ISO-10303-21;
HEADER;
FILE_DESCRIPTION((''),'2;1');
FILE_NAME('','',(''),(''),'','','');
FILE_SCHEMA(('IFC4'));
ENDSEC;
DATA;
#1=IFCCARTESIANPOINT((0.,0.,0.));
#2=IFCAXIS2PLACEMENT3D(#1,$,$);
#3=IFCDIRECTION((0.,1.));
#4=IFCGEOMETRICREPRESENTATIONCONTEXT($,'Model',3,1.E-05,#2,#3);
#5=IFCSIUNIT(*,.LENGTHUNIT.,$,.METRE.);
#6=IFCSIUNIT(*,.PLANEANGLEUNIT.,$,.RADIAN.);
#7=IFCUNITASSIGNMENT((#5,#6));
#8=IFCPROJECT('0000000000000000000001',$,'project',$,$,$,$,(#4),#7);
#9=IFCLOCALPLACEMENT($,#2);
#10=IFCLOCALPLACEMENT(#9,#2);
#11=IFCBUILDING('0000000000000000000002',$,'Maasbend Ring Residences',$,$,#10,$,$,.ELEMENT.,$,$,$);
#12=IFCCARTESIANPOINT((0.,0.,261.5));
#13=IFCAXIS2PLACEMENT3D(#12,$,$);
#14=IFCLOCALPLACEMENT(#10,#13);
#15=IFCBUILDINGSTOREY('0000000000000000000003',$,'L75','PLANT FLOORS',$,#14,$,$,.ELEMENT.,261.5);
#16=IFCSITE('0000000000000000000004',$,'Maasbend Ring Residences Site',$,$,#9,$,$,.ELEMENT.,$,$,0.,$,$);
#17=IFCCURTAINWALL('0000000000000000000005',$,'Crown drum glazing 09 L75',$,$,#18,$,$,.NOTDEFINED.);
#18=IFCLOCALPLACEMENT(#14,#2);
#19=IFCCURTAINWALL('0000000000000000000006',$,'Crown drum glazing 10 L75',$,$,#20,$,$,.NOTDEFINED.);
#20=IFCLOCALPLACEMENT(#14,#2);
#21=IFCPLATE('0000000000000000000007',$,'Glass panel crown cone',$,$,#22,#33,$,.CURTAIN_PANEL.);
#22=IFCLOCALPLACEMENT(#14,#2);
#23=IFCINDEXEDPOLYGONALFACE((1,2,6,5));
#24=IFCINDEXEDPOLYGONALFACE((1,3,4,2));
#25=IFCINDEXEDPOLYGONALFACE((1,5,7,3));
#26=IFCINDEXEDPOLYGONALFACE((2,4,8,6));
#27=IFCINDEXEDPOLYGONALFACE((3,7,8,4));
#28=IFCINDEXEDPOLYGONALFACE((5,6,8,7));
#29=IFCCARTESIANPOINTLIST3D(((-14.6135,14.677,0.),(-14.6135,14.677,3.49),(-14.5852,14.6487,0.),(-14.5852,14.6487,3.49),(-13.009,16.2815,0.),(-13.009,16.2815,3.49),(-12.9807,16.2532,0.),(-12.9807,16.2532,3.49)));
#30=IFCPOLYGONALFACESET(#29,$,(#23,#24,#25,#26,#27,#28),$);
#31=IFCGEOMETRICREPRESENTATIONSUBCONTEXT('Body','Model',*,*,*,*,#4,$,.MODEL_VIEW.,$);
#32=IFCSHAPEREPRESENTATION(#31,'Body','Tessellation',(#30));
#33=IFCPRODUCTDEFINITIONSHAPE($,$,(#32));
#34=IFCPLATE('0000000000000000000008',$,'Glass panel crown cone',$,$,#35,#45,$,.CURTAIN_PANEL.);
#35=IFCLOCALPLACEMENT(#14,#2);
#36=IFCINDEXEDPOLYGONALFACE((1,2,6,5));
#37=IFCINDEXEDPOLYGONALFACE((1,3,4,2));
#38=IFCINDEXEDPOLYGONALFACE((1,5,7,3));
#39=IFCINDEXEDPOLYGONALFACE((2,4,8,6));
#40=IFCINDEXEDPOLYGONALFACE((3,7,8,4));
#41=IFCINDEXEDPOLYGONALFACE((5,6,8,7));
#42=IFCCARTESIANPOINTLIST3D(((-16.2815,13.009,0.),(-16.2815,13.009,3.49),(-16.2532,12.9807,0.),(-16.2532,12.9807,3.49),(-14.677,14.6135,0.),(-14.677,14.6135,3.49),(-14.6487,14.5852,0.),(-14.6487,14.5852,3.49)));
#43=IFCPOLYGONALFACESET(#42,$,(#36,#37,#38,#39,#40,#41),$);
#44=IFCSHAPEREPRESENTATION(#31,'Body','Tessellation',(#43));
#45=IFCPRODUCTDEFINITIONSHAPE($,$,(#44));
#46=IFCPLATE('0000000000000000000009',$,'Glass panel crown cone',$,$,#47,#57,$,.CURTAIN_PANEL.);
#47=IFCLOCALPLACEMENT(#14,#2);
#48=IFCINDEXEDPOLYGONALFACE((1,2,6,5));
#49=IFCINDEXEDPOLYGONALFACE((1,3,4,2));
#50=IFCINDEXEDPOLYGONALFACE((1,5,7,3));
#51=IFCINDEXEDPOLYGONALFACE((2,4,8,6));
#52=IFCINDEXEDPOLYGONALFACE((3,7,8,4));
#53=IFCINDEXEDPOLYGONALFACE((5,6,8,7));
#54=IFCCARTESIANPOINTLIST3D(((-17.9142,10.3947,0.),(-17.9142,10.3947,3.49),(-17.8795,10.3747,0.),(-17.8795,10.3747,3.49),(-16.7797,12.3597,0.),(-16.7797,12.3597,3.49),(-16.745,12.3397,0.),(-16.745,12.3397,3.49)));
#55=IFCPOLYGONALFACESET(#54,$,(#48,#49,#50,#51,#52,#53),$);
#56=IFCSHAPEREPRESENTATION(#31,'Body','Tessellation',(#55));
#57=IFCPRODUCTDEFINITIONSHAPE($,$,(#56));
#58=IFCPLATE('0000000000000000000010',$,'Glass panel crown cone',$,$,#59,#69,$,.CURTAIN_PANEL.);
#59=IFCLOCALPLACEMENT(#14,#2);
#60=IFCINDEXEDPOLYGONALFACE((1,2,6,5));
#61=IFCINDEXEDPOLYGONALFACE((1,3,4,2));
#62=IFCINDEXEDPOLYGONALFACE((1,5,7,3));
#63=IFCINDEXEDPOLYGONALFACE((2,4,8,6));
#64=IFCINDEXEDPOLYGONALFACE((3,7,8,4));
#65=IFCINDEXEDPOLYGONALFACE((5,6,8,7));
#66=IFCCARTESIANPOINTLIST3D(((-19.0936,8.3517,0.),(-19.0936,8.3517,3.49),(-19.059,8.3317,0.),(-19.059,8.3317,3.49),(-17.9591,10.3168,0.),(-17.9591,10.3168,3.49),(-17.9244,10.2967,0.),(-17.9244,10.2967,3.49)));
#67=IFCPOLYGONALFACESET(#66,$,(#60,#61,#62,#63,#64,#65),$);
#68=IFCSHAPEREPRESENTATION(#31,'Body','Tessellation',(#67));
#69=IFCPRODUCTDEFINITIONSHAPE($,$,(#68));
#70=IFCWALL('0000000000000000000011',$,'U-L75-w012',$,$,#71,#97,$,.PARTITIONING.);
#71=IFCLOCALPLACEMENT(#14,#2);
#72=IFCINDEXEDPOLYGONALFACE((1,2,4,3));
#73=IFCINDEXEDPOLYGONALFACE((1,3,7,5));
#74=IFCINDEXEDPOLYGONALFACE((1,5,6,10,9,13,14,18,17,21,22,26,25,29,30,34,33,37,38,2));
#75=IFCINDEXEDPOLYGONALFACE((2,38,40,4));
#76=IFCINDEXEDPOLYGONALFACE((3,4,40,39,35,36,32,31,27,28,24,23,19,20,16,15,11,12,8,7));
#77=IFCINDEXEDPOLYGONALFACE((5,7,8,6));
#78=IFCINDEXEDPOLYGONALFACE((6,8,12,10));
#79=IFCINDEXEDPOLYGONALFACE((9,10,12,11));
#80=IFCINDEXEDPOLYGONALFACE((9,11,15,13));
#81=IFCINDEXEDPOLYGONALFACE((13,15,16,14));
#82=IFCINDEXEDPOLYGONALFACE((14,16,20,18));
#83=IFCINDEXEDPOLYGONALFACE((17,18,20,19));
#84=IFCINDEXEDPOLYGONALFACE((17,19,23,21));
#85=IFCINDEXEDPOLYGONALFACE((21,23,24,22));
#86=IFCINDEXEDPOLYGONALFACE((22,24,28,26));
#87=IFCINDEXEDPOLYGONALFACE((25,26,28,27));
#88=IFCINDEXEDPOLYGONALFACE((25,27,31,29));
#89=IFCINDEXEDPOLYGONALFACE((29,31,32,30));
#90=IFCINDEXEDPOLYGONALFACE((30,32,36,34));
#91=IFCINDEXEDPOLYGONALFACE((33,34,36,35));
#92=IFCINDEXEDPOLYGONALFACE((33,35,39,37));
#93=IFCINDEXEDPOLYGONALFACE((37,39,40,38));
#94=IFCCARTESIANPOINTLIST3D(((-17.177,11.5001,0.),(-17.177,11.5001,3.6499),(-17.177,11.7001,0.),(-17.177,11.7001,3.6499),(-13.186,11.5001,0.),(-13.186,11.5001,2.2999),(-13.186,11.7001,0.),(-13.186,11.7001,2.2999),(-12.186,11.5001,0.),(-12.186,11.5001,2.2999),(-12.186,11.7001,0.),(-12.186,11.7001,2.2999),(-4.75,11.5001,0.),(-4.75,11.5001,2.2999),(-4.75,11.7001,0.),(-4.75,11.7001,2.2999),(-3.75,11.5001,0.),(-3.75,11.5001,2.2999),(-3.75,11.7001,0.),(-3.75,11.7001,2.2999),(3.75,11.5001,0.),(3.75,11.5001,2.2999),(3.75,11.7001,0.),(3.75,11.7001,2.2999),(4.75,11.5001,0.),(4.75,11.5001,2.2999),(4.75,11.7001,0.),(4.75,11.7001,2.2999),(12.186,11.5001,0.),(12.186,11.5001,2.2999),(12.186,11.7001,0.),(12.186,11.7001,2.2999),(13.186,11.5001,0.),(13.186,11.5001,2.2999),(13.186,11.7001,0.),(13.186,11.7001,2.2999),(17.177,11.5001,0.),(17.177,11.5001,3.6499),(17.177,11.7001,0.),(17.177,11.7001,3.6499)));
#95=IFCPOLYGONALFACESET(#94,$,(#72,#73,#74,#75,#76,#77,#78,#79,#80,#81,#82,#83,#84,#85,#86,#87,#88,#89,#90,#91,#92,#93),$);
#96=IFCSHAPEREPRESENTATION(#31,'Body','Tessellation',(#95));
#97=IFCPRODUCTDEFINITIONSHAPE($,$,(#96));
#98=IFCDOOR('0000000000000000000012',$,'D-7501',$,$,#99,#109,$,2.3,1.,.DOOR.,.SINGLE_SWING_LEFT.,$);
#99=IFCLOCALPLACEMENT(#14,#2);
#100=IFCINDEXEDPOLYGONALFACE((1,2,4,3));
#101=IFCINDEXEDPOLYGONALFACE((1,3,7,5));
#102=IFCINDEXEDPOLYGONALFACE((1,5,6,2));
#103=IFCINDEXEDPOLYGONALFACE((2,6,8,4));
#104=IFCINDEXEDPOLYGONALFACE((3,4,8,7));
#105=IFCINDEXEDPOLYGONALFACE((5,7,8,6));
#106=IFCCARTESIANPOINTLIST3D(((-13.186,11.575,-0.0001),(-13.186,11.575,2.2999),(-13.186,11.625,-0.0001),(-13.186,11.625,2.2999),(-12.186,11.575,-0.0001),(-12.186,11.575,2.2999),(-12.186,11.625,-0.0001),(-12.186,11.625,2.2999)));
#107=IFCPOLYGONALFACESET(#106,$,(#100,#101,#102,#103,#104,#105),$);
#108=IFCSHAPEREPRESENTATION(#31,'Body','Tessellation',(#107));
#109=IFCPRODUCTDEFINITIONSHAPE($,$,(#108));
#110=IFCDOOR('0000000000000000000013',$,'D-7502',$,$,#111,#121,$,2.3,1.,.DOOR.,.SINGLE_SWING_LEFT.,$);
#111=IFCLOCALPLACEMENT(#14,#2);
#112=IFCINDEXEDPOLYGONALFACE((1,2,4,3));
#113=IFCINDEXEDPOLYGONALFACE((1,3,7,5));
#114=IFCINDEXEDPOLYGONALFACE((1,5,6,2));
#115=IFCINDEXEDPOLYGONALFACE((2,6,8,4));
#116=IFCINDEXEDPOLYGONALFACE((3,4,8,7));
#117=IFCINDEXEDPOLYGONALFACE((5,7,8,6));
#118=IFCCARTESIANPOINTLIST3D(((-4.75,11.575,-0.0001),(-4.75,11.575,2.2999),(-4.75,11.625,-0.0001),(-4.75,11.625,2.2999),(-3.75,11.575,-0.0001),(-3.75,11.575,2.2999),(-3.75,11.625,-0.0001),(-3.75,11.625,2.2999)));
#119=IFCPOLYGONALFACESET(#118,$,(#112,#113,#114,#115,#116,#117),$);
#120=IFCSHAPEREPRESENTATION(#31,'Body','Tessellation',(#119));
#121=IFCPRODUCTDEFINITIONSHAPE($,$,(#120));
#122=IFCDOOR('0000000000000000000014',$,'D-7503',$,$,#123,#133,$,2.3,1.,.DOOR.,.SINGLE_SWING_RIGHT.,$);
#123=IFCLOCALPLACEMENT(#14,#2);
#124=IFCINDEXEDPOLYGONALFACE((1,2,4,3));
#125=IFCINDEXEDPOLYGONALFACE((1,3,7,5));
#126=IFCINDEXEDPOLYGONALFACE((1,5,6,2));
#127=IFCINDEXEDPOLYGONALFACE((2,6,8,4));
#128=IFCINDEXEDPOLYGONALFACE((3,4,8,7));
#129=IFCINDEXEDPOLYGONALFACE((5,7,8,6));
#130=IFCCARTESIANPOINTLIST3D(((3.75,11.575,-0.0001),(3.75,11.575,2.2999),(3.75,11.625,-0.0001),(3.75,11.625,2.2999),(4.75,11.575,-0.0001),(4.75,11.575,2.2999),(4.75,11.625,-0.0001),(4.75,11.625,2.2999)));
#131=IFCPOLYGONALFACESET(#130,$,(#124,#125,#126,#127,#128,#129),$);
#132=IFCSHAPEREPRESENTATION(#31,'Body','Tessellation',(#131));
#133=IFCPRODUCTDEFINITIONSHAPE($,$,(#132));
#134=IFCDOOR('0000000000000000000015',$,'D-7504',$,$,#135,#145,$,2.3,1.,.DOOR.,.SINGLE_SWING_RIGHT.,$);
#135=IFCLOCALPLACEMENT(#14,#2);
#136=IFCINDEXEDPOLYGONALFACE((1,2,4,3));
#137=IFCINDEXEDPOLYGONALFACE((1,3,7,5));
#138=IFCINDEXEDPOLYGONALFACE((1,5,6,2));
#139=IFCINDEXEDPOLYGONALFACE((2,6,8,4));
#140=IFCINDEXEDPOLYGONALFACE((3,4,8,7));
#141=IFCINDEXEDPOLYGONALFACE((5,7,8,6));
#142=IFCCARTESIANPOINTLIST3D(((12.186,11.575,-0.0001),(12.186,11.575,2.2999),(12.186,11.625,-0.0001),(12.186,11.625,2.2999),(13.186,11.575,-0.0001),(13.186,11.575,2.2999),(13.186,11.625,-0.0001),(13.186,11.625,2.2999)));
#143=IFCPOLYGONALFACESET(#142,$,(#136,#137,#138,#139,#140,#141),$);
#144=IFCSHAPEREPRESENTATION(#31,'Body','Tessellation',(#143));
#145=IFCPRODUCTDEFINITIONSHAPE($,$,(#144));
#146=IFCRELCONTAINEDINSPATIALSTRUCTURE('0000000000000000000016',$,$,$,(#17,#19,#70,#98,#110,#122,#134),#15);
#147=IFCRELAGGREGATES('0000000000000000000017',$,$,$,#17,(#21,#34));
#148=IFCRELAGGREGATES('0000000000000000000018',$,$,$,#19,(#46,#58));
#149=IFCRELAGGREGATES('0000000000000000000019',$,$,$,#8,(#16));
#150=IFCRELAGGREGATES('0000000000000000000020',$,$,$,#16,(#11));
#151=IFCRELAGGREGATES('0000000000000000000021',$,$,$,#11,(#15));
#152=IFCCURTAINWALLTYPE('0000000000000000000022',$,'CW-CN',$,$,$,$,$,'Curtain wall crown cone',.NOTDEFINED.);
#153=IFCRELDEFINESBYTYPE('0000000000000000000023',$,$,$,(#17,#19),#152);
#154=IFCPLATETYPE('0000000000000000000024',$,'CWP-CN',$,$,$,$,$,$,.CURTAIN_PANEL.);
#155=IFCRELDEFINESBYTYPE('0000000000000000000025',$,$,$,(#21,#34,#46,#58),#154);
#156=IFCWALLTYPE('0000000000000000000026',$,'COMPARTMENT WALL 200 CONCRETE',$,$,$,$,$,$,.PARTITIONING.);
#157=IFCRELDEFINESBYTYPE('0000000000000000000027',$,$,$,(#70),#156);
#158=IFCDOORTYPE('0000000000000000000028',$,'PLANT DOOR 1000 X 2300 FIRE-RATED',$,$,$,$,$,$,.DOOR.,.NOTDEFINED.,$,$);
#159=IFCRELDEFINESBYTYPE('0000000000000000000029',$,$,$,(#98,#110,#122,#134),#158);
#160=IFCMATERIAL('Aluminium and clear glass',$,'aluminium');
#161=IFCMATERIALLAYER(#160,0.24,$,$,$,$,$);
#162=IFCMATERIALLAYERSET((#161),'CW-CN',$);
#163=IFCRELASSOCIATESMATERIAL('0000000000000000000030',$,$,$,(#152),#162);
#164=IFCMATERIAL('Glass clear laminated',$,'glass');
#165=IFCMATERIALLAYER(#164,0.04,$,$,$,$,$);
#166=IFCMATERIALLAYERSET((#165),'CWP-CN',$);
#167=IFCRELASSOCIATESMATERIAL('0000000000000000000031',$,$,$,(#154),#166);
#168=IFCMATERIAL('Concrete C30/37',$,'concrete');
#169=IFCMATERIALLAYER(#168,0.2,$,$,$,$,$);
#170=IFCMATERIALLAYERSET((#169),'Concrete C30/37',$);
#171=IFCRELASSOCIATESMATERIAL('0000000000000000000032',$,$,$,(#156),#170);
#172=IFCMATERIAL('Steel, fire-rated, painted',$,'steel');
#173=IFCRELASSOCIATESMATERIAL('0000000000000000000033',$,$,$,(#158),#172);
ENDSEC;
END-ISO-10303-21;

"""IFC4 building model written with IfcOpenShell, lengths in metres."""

from ifc_helpers import new_model, si_unit, direction, frame, frame_2d, origin, origin_2d, place, context, subcontext, project, spatial, rectangle, extrude, material, layer, layer_set, type_object, element, fill, aggregate, save


model = new_model("IFC4")

# Units and contexts
model_context = context("Model", 3, precision=1e-05, world=origin(), true_north=direction((0.0, 1.0)))
body_context = subcontext(model_context, "Body", "Model", "MODEL_VIEW")
ifc_project = project(units=[si_unit("LENGTHUNIT", "METRE"), si_unit("PLANEANGLEUNIT", "RADIAN")], contexts=[model_context])

# Site, building, storey
site_placement = place(None, origin())
site = spatial("IfcSite", under=ifc_project, at=site_placement, Name="Maasbend Ring Residences Site", CompositionType="ELEMENT", RefElevation=0.0)
building_placement = place(site_placement, origin())
building = spatial("IfcBuilding", under=site, at=building_placement, Name="Maasbend Ring Residences", CompositionType="ELEMENT")
storey_placement = place(building_placement, frame((0.0, 0.0, 261.5)))
storey = spatial("IfcBuildingStorey", under=building, at=storey_placement, Name="L75", Description="PLANT FLOORS", CompositionType="ELEMENT", Elevation=261.5)

# Curtain walls
ifc_material_1 = material(Name="Aluminium and clear glass", Category="aluminium")
ifc_layer_1 = layer(ifc_material_1, 0.24)
ifc_layer_set_1 = layer_set([ifc_layer_1], Name="CW-CN")
curtain_wall_type = type_object("IfcCurtainWallType", Name="CW-CN", ElementType="Curtain wall crown cone", PredefinedType="NOTDEFINED", material=ifc_layer_set_1)
curtain_wall_1_placement = place(storey_placement, origin())
curtain_wall_1 = element("IfcCurtainWall", 1, at=curtain_wall_1_placement, inside=storey, type_object=curtain_wall_type, Name="Crown drum glazing 09 L75", PredefinedType="NOTDEFINED")
curtain_wall_2_placement = place(storey_placement, origin())
curtain_wall_2 = element("IfcCurtainWall", 2, at=curtain_wall_2_placement, inside=storey, type_object=curtain_wall_type, Name="Crown drum glazing 10 L75", PredefinedType="NOTDEFINED")

# Plates
ifc_material_2 = material(Name="Glass clear laminated", Category="glass")
ifc_layer_2 = layer(ifc_material_2, 0.04)
ifc_layer_set_2 = layer_set([ifc_layer_2], Name="CWP-CN")
plate_type = type_object("IfcPlateType", Name="CWP-CN", PredefinedType="CURTAIN_PANEL", material=ifc_layer_set_2)
plate_1_placement = place(storey_placement, frame((-13.7971, 15.4651, 0.0), z_axis=(0.0, 0.0, 1.0), x_axis=(-0.707107, -0.707107, 0.0)))
plate_1 = element("IfcPlate", 3, at=plate_1_placement, type_object=plate_type, Name="Glass panel crown cone", PredefinedType="CURTAIN_PANEL", context=body_context, shape_type="SweptSolid", body=[
    extrude(rectangle(XDim=2.269, YDim=0.04, at=origin_2d()), origin(), (0.0, 0.0, 1.0), 3.49),
])
plate_2_placement = place(storey_placement, frame((-15.4651, 13.7971, 0.0), z_axis=(0.0, 0.0, 1.0), x_axis=(-0.707107, -0.707107, 0.0)))
plate_2 = element("IfcPlate", 4, at=plate_2_placement, type_object=plate_type, Name="Glass panel crown cone", PredefinedType="CURTAIN_PANEL", context=body_context, shape_type="SweptSolid", body=[
    extrude(rectangle(XDim=2.269, YDim=0.04, at=origin_2d()), origin(), (0.0, 0.0, 1.0), 3.49),
])
aggregate(curtain_wall_1, [plate_1, plate_2])
plate_3_placement = place(storey_placement, frame((-17.3296, 11.3672, 0.0), z_axis=(0.0, 0.0, 1.0), x_axis=(-0.5, -0.866025, 0.0)))
plate_3 = element("IfcPlate", 5, at=plate_3_placement, type_object=plate_type, Name="Glass panel crown cone", PredefinedType="CURTAIN_PANEL", context=body_context, shape_type="SweptSolid", body=[
    extrude(rectangle(XDim=2.269, YDim=0.04, at=origin_2d()), origin(), (0.0, 0.0, 1.0), 3.49),
])
plate_4_placement = place(storey_placement, frame((-18.509, 9.3242, 0.0), z_axis=(0.0, 0.0, 1.0), x_axis=(-0.5, -0.866025, 0.0)))
plate_4 = element("IfcPlate", 6, at=plate_4_placement, type_object=plate_type, Name="Glass panel crown cone", PredefinedType="CURTAIN_PANEL", context=body_context, shape_type="SweptSolid", body=[
    extrude(rectangle(XDim=2.269, YDim=0.04, at=origin_2d()), origin(), (0.0, 0.0, 1.0), 3.49),
])
aggregate(curtain_wall_2, [plate_3, plate_4])

# Wall, openings, doors
ifc_material_3 = material(Name="Concrete C30/37", Category="concrete")
ifc_layer_3 = layer(ifc_material_3, 0.2)
ifc_layer_set_3 = layer_set([ifc_layer_3], Name="Concrete C30/37")
wall_type = type_object("IfcWallType", Name="COMPARTMENT WALL 200 CONCRETE", PredefinedType="PARTITIONING", material=ifc_layer_set_3)
wall_placement = place(storey_placement, frame((-17.177, 11.6001, 0.0), z_axis=(0.0, 0.0, 1.0), x_axis=(1.0, 0.0, 0.0)))
wall = element("IfcWall", 7, at=wall_placement, inside=storey, type_object=wall_type, Name="U-L75-w012", PredefinedType="PARTITIONING", context=body_context, shape_type="SweptSolid", body=[
    extrude(rectangle(XDim=34.354, YDim=0.2, at=frame_2d((17.177, 0.0))), origin(), (0.0, 0.0, 1.0), 3.6499),
])
opening_1_placement = place(wall_placement, frame((3.991, 0.0, 0.0)))
opening_1 = element("IfcOpeningElement", 8, at=opening_1_placement, cuts=wall, PredefinedType="OPENING", context=body_context, shape_type="SweptSolid", body=[
    extrude(rectangle(XDim=1.0, YDim=2.3, at=frame_2d((0.5, 1.1499))), frame((0.0, 0.1099, 0.0), z_axis=(0.0, -1.0, 0.0), x_axis=(1.0, 0.0, 0.0)), (0.0, 0.0, 1.0), 0.22),
])
opening_2_placement = place(wall_placement, frame((12.427, 0.0, 0.0)))
opening_2 = element("IfcOpeningElement", 9, at=opening_2_placement, cuts=wall, PredefinedType="OPENING", context=body_context, shape_type="SweptSolid", body=[
    extrude(rectangle(XDim=1.0, YDim=2.3, at=frame_2d((0.5, 1.1499))), frame((0.0, 0.1099, 0.0), z_axis=(0.0, -1.0, 0.0), x_axis=(1.0, 0.0, 0.0)), (0.0, 0.0, 1.0), 0.22),
])
opening_3_placement = place(wall_placement, frame((20.927, 0.0, 0.0)))
opening_3 = element("IfcOpeningElement", 10, at=opening_3_placement, cuts=wall, PredefinedType="OPENING", context=body_context, shape_type="SweptSolid", body=[
    extrude(rectangle(XDim=1.0, YDim=2.3, at=frame_2d((0.5, 1.1499))), frame((0.0, 0.1099, 0.0), z_axis=(0.0, -1.0, 0.0), x_axis=(1.0, 0.0, 0.0)), (0.0, 0.0, 1.0), 0.22),
])
opening_4_placement = place(wall_placement, frame((29.363, 0.0, 0.0)))
opening_4 = element("IfcOpeningElement", 11, at=opening_4_placement, cuts=wall, PredefinedType="OPENING", context=body_context, shape_type="SweptSolid", body=[
    extrude(rectangle(XDim=1.0, YDim=2.3, at=frame_2d((0.5, 1.1499))), frame((0.0, 0.1099, 0.0), z_axis=(0.0, -1.0, 0.0), x_axis=(1.0, 0.0, 0.0)), (0.0, 0.0, 1.0), 0.22),
])
ifc_material_4 = material(Name="Steel, fire-rated, painted", Category="steel")
door_type = type_object("IfcDoorType", Name="PLANT DOOR 1000 X 2300 FIRE-RATED", OperationType="NOTDEFINED", PredefinedType="DOOR", material=ifc_material_4)
door_1_placement = place(opening_1_placement, origin())
door_1 = element("IfcDoor", 12, at=door_1_placement, inside=storey, type_object=door_type, Name="D-7501", OperationType="SINGLE_SWING_LEFT", OverallHeight=2.3, OverallWidth=1.0, PredefinedType="DOOR", context=body_context, shape_type="SweptSolid", body=[
    extrude(rectangle(XDim=1.0, YDim=2.3, at=frame_2d((0.5, 1.1499))), frame((0.0, 0.0249, 0.0), z_axis=(0.0, -1.0, 0.0), x_axis=(1.0, 0.0, 0.0)), (0.0, 0.0, 1.0), 0.05),
])
fill(opening_1, door_1)
door_2_placement = place(opening_2_placement, origin())
door_2 = element("IfcDoor", 13, at=door_2_placement, inside=storey, type_object=door_type, Name="D-7502", OperationType="SINGLE_SWING_LEFT", OverallHeight=2.3, OverallWidth=1.0, PredefinedType="DOOR", context=body_context, shape_type="SweptSolid", body=[
    extrude(rectangle(XDim=1.0, YDim=2.3, at=frame_2d((0.5, 1.1499))), frame((0.0, 0.0249, 0.0), z_axis=(0.0, -1.0, 0.0), x_axis=(1.0, 0.0, 0.0)), (0.0, 0.0, 1.0), 0.05),
])
fill(opening_2, door_2)
door_3_placement = place(opening_3_placement, origin())
door_3 = element("IfcDoor", 14, at=door_3_placement, inside=storey, type_object=door_type, Name="D-7503", OperationType="SINGLE_SWING_RIGHT", OverallHeight=2.3, OverallWidth=1.0, PredefinedType="DOOR", context=body_context, shape_type="SweptSolid", body=[
    extrude(rectangle(XDim=1.0, YDim=2.3, at=frame_2d((0.5, 1.1499))), frame((0.0, 0.0249, 0.0), z_axis=(0.0, -1.0, 0.0), x_axis=(1.0, 0.0, 0.0)), (0.0, 0.0, 1.0), 0.05),
])
fill(opening_3, door_3)
door_4_placement = place(opening_4_placement, origin())
door_4 = element("IfcDoor", 15, at=door_4_placement, inside=storey, type_object=door_type, Name="D-7504", OperationType="SINGLE_SWING_RIGHT", OverallHeight=2.3, OverallWidth=1.0, PredefinedType="DOOR", context=body_context, shape_type="SweptSolid", body=[
    extrude(rectangle(XDim=1.0, YDim=2.3, at=frame_2d((0.5, 1.1499))), frame((0.0, 0.0249, 0.0), z_axis=(0.0, -1.0, 0.0), x_axis=(1.0, 0.0, 0.0)), (0.0, 0.0, 1.0), 0.05),
])
fill(opening_4, door_4)

save(model, "model.ifc")
